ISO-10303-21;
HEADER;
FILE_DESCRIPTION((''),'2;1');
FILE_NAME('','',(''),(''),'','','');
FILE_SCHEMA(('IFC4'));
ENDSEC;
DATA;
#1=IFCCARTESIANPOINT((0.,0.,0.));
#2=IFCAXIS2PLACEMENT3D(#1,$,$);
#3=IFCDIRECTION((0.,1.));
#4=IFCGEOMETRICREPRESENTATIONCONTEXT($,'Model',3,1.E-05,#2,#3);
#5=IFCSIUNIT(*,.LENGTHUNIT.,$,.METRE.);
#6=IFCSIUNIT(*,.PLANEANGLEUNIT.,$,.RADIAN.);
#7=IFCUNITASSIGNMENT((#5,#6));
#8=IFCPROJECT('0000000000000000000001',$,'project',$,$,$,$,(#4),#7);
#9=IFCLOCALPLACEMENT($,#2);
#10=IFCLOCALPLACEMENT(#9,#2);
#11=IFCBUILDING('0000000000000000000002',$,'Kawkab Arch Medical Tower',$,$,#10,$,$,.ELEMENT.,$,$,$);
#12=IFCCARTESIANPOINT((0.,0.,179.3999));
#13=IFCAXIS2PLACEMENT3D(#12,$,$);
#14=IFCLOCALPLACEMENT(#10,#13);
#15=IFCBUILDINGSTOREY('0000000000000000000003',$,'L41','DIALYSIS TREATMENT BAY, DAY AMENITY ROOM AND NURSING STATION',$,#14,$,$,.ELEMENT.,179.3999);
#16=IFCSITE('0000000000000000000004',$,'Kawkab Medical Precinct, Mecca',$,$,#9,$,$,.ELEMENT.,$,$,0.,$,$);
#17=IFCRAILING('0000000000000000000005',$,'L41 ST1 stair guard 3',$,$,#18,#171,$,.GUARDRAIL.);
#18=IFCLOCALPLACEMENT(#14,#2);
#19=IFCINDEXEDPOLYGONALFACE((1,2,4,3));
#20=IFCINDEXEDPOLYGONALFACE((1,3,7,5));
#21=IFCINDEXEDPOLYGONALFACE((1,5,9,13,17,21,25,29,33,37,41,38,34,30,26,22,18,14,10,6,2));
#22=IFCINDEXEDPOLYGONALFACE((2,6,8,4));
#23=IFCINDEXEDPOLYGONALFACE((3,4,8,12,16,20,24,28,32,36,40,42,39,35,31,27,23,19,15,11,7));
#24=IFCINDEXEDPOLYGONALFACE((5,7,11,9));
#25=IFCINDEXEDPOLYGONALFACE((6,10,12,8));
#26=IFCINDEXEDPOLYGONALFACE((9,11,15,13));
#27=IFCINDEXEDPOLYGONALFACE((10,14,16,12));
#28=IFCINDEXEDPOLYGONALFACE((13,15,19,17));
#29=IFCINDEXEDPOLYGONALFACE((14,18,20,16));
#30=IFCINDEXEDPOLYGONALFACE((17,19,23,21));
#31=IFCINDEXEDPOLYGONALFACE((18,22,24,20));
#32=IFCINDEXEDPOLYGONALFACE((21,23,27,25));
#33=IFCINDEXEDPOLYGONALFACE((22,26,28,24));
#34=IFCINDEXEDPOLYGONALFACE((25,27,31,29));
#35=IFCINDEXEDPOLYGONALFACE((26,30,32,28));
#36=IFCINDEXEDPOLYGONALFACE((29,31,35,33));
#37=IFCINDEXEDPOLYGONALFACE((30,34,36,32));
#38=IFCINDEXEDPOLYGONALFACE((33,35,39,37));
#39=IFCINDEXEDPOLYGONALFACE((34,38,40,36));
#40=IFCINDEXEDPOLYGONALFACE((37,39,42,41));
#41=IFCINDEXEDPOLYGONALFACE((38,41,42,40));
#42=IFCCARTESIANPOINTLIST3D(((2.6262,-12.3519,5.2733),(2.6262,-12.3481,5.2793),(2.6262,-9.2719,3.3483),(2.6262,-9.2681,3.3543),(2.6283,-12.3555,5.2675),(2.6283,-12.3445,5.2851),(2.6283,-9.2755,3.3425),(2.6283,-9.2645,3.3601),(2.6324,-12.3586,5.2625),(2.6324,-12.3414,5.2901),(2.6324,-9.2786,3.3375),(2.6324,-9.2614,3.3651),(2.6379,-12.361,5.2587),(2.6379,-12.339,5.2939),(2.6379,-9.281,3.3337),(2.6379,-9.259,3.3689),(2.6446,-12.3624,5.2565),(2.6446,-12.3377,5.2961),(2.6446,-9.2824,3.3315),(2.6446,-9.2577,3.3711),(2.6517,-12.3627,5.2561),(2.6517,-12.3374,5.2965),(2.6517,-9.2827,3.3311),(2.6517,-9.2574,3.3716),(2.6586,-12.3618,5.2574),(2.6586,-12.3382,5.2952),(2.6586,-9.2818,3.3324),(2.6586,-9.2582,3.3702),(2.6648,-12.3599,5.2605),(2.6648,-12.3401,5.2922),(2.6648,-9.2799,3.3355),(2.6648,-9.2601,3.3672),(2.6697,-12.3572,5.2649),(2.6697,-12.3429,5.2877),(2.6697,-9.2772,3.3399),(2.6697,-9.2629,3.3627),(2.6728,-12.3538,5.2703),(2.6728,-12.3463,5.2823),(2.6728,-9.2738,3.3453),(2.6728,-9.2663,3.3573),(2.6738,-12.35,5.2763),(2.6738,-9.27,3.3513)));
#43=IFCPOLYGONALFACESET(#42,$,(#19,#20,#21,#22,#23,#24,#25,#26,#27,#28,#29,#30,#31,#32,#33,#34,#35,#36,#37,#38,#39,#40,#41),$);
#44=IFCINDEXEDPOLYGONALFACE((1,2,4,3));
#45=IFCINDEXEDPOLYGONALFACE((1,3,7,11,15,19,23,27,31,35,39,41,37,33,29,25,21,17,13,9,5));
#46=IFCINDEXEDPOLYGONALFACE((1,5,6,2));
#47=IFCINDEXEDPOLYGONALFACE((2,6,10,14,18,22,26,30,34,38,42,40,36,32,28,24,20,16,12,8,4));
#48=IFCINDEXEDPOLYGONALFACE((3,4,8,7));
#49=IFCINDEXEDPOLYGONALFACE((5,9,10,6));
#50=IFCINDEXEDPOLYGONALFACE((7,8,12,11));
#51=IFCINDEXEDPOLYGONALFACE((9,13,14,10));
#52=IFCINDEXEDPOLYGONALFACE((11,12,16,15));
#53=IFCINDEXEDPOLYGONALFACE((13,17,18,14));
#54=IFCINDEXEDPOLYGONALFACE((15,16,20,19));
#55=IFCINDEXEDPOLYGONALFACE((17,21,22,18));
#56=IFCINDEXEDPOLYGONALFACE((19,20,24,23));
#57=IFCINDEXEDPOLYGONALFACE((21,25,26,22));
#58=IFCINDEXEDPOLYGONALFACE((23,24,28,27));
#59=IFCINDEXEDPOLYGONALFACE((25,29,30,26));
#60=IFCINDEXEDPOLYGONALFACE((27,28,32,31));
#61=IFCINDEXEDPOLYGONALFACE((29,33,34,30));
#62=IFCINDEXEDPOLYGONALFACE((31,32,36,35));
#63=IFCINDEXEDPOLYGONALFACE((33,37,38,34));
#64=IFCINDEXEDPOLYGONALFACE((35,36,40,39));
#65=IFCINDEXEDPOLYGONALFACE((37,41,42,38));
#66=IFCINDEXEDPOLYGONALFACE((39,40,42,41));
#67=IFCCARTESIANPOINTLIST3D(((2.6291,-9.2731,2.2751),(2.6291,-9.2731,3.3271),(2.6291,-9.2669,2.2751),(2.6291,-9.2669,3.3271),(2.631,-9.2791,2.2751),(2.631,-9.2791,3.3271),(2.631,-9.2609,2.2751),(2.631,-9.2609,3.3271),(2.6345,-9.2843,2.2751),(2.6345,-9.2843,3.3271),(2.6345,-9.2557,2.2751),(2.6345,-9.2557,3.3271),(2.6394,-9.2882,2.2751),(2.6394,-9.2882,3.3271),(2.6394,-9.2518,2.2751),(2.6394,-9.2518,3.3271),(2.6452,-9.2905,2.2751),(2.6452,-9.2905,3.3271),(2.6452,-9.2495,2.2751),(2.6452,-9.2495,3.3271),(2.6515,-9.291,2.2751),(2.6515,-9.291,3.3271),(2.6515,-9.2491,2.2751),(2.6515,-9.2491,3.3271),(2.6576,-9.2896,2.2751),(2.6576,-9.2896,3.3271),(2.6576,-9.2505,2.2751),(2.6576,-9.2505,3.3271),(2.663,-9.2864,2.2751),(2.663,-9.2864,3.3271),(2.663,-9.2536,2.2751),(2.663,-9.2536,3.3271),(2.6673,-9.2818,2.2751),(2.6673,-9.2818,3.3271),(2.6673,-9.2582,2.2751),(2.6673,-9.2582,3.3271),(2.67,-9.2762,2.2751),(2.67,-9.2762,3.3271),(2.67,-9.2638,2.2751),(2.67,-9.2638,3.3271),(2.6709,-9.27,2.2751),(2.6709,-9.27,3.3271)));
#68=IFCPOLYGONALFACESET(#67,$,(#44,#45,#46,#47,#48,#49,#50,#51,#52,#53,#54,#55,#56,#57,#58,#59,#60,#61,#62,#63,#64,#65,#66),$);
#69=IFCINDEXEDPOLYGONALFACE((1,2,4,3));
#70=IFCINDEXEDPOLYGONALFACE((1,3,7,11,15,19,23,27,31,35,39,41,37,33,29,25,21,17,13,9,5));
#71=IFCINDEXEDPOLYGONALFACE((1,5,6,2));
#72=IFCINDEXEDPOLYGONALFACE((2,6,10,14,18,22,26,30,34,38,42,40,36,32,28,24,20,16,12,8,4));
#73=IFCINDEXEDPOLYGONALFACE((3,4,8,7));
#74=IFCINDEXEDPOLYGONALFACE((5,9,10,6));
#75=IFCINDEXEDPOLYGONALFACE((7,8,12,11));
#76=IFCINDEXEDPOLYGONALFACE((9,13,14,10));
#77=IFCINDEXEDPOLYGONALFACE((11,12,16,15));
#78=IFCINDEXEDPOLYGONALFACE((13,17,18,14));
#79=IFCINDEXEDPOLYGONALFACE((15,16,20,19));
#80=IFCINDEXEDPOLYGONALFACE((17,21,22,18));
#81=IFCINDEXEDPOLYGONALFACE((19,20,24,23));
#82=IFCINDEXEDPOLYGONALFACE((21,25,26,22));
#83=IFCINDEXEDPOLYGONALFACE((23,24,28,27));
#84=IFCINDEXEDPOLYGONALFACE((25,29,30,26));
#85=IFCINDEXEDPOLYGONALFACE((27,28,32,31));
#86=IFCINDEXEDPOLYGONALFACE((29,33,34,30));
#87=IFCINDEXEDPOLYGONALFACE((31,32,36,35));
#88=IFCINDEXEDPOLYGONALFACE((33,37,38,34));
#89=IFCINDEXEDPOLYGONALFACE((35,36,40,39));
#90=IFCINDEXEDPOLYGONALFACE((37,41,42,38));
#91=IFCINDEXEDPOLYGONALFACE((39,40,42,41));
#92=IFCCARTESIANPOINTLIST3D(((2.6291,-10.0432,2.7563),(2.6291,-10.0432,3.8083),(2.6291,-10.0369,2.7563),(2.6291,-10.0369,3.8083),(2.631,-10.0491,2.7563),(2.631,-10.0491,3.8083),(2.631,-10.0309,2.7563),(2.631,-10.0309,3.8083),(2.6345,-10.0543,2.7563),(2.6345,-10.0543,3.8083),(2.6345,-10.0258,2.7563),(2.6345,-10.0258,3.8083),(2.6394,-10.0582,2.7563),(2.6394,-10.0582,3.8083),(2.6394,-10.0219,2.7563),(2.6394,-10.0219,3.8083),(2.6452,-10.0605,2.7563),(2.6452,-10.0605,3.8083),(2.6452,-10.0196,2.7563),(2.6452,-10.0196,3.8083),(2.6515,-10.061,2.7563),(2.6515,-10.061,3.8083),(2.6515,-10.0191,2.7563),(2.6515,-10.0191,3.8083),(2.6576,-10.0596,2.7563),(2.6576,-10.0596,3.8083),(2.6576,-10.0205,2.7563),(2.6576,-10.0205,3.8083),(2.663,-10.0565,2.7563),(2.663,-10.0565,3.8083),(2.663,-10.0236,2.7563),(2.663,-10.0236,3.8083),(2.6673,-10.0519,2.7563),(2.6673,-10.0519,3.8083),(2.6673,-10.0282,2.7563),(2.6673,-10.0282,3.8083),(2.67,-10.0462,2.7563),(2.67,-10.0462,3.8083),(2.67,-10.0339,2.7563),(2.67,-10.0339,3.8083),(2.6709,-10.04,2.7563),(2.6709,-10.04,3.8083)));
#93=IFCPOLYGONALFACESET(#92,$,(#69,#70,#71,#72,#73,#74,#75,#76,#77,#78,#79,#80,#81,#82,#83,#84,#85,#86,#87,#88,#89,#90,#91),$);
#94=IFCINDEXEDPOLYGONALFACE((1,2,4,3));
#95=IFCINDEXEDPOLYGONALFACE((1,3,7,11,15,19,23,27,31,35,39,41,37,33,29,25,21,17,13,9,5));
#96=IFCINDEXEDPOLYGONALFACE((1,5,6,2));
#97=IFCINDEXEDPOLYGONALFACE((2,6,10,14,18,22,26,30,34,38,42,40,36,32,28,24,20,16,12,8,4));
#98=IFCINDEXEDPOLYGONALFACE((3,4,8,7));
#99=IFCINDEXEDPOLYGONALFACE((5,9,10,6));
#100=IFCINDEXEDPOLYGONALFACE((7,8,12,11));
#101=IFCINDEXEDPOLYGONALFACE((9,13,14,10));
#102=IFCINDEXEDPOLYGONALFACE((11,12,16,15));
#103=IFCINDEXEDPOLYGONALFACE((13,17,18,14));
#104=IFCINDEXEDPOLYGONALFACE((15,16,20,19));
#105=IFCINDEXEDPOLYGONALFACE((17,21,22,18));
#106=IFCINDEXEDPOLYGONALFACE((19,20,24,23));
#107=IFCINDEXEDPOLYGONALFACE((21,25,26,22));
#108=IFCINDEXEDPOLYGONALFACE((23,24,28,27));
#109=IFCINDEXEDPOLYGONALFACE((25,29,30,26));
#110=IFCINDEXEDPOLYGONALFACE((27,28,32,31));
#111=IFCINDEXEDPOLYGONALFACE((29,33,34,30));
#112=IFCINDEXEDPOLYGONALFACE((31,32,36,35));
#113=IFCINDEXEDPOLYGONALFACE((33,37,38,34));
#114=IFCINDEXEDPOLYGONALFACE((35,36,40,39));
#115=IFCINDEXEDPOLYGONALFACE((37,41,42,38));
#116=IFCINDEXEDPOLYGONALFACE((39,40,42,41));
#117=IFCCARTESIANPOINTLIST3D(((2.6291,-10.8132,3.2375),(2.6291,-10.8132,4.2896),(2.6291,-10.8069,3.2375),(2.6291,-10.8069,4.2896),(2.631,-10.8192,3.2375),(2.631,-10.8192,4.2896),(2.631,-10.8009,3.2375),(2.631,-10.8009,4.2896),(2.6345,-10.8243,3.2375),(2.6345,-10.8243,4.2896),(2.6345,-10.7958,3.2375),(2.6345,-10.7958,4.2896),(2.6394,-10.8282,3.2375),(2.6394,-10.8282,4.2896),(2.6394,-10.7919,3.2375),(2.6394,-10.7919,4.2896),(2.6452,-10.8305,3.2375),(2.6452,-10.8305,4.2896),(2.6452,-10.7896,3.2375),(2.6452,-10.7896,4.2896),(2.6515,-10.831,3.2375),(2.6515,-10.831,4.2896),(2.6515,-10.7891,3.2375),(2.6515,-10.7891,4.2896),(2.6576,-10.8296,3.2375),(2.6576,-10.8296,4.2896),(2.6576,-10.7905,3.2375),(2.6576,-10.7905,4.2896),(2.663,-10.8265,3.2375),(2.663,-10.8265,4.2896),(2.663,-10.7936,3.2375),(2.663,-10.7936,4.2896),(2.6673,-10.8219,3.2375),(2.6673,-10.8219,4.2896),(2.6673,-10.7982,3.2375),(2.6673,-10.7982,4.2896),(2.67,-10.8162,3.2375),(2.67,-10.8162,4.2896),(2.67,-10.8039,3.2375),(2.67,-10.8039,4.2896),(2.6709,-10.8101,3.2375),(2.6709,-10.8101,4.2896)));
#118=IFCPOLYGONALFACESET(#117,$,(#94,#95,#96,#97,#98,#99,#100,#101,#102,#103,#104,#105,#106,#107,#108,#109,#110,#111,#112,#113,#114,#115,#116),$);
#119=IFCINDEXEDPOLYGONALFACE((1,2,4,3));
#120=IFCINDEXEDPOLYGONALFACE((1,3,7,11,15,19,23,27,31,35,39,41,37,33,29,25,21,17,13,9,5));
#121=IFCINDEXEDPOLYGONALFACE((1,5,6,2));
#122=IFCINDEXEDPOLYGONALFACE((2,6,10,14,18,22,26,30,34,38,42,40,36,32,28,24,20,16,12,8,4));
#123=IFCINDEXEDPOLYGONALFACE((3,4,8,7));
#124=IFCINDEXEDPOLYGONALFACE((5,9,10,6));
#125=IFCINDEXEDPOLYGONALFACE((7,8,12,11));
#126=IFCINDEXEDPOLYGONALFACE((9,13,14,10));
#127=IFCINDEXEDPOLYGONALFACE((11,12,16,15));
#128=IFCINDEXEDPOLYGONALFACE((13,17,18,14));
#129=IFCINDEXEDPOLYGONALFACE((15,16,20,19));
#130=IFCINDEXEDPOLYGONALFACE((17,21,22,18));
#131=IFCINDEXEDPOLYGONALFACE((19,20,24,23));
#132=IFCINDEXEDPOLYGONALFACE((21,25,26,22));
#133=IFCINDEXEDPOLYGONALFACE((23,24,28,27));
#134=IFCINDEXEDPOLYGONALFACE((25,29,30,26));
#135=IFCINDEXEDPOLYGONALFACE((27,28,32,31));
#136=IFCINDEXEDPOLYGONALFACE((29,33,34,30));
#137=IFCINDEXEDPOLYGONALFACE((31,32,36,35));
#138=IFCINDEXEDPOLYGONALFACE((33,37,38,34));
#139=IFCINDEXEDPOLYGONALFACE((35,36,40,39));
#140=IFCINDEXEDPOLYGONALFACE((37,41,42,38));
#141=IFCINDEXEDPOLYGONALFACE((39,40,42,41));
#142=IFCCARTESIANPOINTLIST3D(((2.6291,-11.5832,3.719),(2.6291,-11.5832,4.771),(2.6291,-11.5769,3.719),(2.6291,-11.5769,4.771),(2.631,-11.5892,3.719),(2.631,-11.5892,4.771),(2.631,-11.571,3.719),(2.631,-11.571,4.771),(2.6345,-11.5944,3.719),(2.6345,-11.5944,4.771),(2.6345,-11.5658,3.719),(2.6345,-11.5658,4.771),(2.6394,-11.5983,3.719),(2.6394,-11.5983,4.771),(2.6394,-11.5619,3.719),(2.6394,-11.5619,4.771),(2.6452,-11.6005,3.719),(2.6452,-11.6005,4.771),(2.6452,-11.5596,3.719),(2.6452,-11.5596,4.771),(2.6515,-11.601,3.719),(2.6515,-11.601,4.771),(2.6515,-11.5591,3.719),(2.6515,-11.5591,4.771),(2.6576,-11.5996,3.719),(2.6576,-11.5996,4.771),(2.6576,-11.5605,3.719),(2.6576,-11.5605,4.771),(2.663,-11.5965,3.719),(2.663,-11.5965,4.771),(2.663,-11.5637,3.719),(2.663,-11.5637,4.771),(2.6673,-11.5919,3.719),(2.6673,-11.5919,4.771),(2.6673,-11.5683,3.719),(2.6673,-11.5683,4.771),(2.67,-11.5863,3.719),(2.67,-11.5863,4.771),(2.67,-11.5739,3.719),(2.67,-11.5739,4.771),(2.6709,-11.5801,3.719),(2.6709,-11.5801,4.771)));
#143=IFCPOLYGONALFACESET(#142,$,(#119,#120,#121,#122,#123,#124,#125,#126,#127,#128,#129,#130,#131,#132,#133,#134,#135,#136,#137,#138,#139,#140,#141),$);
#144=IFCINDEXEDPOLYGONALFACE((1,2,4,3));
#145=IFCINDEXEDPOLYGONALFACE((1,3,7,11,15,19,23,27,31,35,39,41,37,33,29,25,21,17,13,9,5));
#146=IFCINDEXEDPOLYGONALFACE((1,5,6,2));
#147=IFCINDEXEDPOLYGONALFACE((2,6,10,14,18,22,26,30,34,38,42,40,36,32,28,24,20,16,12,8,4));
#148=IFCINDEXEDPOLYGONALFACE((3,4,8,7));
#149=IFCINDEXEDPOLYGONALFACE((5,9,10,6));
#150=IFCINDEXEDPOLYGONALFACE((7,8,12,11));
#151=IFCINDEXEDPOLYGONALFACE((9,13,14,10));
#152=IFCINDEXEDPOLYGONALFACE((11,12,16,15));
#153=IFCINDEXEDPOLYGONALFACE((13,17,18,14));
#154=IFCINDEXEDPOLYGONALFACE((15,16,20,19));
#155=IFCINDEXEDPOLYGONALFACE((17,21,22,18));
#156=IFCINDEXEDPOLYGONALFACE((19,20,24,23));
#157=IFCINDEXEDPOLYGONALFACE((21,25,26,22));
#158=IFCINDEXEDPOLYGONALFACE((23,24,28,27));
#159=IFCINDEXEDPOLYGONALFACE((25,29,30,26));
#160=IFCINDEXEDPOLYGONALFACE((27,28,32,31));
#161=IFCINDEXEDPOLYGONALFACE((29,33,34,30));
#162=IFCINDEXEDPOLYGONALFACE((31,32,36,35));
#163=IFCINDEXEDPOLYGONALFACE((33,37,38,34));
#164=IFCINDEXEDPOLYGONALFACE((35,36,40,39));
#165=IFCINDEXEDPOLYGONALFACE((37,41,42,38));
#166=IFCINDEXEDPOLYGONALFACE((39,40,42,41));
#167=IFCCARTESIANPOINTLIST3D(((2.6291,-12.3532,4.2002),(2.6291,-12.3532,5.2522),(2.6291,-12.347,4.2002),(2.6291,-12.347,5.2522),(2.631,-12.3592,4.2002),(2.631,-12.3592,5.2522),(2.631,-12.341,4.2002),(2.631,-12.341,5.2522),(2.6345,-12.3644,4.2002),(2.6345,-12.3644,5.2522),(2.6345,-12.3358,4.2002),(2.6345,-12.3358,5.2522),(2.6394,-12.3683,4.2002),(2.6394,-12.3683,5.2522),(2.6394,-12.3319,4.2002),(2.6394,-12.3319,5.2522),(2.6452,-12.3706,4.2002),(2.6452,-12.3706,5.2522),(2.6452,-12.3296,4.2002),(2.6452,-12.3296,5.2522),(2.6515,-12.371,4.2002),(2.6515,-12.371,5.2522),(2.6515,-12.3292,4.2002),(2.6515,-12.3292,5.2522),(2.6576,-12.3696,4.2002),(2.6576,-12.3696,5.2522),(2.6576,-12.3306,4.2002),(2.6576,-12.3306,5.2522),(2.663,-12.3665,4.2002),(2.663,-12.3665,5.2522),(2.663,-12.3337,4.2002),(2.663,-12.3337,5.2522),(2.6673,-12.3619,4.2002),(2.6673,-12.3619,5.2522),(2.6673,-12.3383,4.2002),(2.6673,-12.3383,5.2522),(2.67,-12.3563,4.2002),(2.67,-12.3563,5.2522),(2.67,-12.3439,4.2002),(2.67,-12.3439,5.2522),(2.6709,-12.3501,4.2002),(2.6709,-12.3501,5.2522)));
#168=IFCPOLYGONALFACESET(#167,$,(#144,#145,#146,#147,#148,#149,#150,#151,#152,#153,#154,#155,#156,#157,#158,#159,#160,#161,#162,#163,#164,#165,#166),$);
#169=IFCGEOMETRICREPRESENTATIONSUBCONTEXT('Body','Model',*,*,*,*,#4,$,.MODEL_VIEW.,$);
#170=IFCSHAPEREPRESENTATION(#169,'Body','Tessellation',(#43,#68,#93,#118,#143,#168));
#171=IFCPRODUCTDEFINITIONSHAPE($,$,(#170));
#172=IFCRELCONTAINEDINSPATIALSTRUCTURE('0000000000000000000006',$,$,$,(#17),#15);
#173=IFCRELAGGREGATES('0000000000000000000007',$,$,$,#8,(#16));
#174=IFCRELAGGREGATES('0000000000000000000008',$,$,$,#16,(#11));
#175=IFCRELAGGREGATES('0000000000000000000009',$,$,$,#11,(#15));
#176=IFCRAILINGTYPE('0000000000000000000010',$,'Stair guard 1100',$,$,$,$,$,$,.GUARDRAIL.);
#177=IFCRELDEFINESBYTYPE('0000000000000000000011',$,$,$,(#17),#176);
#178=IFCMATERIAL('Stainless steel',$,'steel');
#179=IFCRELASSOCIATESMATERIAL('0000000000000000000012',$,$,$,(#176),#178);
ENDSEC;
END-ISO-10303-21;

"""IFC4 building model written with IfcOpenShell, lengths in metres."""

from ifc_helpers import new_model, si_unit, direction, frame, origin, origin_2d, place, context, subcontext, project, spatial, circle, extrude, material, type_object, element, save


model = new_model("IFC4")

# Units and contexts
model_context = context("Model", 3, precision=1e-05, world=origin(), true_north=direction((0.0, 1.0)))
body_context = subcontext(model_context, "Body", "Model", "MODEL_VIEW")
ifc_project = project(units=[si_unit("LENGTHUNIT", "METRE"), si_unit("PLANEANGLEUNIT", "RADIAN")], contexts=[model_context])

# Site, building, storey
site_placement = place(None, origin())
site = spatial("IfcSite", under=ifc_project, at=site_placement, Name="Kawkab Medical Precinct, Mecca", CompositionType="ELEMENT", RefElevation=0.0)
building_placement = place(site_placement, origin())
building = spatial("IfcBuilding", under=site, at=building_placement, Name="Kawkab Arch Medical Tower", CompositionType="ELEMENT")
storey_placement = place(building_placement, frame((0.0, 0.0, 179.3999)))
storey = spatial("IfcBuildingStorey", under=building, at=storey_placement, Name="L41", Description="DIALYSIS TREATMENT BAY, DAY AMENITY ROOM AND NURSING STATION", CompositionType="ELEMENT", Elevation=179.3999)

# Railing
ifc_material_1 = material(Name="Stainless steel", Category="steel")
railing_type_1 = type_object("IfcRailingType", Name="Stair guard 1100", PredefinedType="GUARDRAIL", material=ifc_material_1)
railing_1_placement = place(storey_placement, frame((2.6499, -9.27, 2.2751)))
element("IfcRailing", 1, at=railing_1_placement, inside=storey, type_object=railing_type_1, Name="L41 ST1 stair guard 3", PredefinedType="GUARDRAIL", context=body_context, shape_type="SweptSolid", body=[
    extrude(circle(Radius=0.0239, at=origin_2d()), frame((0.0, 0.0, 1.0762), z_axis=(0.0, -0.847998, 0.529999), x_axis=(1.0, 0.0, 0.0)), (0.0, 0.0, 1.0), 3.6321),
    extrude(circle(Radius=0.021, at=origin_2d()), origin(), (0.0, 0.0, 1.0), 1.052),
    extrude(circle(Radius=0.021, at=origin_2d()), frame((0.0, -0.77, 0.4812)), (0.0, 0.0, 1.0), 1.052),
    extrude(circle(Radius=0.021, at=origin_2d()), frame((0.0, -1.54, 0.9624)), (0.0, 0.0, 1.0), 1.052),
    extrude(circle(Radius=0.021, at=origin_2d()), frame((0.0, -2.3101, 1.4438)), (0.0, 0.0, 1.0), 1.052),
    extrude(circle(Radius=0.021, at=origin_2d()), frame((0.0, -3.0801, 1.925)), (0.0, 0.0, 1.0), 1.052),
])

save(model, "model.ifc")
